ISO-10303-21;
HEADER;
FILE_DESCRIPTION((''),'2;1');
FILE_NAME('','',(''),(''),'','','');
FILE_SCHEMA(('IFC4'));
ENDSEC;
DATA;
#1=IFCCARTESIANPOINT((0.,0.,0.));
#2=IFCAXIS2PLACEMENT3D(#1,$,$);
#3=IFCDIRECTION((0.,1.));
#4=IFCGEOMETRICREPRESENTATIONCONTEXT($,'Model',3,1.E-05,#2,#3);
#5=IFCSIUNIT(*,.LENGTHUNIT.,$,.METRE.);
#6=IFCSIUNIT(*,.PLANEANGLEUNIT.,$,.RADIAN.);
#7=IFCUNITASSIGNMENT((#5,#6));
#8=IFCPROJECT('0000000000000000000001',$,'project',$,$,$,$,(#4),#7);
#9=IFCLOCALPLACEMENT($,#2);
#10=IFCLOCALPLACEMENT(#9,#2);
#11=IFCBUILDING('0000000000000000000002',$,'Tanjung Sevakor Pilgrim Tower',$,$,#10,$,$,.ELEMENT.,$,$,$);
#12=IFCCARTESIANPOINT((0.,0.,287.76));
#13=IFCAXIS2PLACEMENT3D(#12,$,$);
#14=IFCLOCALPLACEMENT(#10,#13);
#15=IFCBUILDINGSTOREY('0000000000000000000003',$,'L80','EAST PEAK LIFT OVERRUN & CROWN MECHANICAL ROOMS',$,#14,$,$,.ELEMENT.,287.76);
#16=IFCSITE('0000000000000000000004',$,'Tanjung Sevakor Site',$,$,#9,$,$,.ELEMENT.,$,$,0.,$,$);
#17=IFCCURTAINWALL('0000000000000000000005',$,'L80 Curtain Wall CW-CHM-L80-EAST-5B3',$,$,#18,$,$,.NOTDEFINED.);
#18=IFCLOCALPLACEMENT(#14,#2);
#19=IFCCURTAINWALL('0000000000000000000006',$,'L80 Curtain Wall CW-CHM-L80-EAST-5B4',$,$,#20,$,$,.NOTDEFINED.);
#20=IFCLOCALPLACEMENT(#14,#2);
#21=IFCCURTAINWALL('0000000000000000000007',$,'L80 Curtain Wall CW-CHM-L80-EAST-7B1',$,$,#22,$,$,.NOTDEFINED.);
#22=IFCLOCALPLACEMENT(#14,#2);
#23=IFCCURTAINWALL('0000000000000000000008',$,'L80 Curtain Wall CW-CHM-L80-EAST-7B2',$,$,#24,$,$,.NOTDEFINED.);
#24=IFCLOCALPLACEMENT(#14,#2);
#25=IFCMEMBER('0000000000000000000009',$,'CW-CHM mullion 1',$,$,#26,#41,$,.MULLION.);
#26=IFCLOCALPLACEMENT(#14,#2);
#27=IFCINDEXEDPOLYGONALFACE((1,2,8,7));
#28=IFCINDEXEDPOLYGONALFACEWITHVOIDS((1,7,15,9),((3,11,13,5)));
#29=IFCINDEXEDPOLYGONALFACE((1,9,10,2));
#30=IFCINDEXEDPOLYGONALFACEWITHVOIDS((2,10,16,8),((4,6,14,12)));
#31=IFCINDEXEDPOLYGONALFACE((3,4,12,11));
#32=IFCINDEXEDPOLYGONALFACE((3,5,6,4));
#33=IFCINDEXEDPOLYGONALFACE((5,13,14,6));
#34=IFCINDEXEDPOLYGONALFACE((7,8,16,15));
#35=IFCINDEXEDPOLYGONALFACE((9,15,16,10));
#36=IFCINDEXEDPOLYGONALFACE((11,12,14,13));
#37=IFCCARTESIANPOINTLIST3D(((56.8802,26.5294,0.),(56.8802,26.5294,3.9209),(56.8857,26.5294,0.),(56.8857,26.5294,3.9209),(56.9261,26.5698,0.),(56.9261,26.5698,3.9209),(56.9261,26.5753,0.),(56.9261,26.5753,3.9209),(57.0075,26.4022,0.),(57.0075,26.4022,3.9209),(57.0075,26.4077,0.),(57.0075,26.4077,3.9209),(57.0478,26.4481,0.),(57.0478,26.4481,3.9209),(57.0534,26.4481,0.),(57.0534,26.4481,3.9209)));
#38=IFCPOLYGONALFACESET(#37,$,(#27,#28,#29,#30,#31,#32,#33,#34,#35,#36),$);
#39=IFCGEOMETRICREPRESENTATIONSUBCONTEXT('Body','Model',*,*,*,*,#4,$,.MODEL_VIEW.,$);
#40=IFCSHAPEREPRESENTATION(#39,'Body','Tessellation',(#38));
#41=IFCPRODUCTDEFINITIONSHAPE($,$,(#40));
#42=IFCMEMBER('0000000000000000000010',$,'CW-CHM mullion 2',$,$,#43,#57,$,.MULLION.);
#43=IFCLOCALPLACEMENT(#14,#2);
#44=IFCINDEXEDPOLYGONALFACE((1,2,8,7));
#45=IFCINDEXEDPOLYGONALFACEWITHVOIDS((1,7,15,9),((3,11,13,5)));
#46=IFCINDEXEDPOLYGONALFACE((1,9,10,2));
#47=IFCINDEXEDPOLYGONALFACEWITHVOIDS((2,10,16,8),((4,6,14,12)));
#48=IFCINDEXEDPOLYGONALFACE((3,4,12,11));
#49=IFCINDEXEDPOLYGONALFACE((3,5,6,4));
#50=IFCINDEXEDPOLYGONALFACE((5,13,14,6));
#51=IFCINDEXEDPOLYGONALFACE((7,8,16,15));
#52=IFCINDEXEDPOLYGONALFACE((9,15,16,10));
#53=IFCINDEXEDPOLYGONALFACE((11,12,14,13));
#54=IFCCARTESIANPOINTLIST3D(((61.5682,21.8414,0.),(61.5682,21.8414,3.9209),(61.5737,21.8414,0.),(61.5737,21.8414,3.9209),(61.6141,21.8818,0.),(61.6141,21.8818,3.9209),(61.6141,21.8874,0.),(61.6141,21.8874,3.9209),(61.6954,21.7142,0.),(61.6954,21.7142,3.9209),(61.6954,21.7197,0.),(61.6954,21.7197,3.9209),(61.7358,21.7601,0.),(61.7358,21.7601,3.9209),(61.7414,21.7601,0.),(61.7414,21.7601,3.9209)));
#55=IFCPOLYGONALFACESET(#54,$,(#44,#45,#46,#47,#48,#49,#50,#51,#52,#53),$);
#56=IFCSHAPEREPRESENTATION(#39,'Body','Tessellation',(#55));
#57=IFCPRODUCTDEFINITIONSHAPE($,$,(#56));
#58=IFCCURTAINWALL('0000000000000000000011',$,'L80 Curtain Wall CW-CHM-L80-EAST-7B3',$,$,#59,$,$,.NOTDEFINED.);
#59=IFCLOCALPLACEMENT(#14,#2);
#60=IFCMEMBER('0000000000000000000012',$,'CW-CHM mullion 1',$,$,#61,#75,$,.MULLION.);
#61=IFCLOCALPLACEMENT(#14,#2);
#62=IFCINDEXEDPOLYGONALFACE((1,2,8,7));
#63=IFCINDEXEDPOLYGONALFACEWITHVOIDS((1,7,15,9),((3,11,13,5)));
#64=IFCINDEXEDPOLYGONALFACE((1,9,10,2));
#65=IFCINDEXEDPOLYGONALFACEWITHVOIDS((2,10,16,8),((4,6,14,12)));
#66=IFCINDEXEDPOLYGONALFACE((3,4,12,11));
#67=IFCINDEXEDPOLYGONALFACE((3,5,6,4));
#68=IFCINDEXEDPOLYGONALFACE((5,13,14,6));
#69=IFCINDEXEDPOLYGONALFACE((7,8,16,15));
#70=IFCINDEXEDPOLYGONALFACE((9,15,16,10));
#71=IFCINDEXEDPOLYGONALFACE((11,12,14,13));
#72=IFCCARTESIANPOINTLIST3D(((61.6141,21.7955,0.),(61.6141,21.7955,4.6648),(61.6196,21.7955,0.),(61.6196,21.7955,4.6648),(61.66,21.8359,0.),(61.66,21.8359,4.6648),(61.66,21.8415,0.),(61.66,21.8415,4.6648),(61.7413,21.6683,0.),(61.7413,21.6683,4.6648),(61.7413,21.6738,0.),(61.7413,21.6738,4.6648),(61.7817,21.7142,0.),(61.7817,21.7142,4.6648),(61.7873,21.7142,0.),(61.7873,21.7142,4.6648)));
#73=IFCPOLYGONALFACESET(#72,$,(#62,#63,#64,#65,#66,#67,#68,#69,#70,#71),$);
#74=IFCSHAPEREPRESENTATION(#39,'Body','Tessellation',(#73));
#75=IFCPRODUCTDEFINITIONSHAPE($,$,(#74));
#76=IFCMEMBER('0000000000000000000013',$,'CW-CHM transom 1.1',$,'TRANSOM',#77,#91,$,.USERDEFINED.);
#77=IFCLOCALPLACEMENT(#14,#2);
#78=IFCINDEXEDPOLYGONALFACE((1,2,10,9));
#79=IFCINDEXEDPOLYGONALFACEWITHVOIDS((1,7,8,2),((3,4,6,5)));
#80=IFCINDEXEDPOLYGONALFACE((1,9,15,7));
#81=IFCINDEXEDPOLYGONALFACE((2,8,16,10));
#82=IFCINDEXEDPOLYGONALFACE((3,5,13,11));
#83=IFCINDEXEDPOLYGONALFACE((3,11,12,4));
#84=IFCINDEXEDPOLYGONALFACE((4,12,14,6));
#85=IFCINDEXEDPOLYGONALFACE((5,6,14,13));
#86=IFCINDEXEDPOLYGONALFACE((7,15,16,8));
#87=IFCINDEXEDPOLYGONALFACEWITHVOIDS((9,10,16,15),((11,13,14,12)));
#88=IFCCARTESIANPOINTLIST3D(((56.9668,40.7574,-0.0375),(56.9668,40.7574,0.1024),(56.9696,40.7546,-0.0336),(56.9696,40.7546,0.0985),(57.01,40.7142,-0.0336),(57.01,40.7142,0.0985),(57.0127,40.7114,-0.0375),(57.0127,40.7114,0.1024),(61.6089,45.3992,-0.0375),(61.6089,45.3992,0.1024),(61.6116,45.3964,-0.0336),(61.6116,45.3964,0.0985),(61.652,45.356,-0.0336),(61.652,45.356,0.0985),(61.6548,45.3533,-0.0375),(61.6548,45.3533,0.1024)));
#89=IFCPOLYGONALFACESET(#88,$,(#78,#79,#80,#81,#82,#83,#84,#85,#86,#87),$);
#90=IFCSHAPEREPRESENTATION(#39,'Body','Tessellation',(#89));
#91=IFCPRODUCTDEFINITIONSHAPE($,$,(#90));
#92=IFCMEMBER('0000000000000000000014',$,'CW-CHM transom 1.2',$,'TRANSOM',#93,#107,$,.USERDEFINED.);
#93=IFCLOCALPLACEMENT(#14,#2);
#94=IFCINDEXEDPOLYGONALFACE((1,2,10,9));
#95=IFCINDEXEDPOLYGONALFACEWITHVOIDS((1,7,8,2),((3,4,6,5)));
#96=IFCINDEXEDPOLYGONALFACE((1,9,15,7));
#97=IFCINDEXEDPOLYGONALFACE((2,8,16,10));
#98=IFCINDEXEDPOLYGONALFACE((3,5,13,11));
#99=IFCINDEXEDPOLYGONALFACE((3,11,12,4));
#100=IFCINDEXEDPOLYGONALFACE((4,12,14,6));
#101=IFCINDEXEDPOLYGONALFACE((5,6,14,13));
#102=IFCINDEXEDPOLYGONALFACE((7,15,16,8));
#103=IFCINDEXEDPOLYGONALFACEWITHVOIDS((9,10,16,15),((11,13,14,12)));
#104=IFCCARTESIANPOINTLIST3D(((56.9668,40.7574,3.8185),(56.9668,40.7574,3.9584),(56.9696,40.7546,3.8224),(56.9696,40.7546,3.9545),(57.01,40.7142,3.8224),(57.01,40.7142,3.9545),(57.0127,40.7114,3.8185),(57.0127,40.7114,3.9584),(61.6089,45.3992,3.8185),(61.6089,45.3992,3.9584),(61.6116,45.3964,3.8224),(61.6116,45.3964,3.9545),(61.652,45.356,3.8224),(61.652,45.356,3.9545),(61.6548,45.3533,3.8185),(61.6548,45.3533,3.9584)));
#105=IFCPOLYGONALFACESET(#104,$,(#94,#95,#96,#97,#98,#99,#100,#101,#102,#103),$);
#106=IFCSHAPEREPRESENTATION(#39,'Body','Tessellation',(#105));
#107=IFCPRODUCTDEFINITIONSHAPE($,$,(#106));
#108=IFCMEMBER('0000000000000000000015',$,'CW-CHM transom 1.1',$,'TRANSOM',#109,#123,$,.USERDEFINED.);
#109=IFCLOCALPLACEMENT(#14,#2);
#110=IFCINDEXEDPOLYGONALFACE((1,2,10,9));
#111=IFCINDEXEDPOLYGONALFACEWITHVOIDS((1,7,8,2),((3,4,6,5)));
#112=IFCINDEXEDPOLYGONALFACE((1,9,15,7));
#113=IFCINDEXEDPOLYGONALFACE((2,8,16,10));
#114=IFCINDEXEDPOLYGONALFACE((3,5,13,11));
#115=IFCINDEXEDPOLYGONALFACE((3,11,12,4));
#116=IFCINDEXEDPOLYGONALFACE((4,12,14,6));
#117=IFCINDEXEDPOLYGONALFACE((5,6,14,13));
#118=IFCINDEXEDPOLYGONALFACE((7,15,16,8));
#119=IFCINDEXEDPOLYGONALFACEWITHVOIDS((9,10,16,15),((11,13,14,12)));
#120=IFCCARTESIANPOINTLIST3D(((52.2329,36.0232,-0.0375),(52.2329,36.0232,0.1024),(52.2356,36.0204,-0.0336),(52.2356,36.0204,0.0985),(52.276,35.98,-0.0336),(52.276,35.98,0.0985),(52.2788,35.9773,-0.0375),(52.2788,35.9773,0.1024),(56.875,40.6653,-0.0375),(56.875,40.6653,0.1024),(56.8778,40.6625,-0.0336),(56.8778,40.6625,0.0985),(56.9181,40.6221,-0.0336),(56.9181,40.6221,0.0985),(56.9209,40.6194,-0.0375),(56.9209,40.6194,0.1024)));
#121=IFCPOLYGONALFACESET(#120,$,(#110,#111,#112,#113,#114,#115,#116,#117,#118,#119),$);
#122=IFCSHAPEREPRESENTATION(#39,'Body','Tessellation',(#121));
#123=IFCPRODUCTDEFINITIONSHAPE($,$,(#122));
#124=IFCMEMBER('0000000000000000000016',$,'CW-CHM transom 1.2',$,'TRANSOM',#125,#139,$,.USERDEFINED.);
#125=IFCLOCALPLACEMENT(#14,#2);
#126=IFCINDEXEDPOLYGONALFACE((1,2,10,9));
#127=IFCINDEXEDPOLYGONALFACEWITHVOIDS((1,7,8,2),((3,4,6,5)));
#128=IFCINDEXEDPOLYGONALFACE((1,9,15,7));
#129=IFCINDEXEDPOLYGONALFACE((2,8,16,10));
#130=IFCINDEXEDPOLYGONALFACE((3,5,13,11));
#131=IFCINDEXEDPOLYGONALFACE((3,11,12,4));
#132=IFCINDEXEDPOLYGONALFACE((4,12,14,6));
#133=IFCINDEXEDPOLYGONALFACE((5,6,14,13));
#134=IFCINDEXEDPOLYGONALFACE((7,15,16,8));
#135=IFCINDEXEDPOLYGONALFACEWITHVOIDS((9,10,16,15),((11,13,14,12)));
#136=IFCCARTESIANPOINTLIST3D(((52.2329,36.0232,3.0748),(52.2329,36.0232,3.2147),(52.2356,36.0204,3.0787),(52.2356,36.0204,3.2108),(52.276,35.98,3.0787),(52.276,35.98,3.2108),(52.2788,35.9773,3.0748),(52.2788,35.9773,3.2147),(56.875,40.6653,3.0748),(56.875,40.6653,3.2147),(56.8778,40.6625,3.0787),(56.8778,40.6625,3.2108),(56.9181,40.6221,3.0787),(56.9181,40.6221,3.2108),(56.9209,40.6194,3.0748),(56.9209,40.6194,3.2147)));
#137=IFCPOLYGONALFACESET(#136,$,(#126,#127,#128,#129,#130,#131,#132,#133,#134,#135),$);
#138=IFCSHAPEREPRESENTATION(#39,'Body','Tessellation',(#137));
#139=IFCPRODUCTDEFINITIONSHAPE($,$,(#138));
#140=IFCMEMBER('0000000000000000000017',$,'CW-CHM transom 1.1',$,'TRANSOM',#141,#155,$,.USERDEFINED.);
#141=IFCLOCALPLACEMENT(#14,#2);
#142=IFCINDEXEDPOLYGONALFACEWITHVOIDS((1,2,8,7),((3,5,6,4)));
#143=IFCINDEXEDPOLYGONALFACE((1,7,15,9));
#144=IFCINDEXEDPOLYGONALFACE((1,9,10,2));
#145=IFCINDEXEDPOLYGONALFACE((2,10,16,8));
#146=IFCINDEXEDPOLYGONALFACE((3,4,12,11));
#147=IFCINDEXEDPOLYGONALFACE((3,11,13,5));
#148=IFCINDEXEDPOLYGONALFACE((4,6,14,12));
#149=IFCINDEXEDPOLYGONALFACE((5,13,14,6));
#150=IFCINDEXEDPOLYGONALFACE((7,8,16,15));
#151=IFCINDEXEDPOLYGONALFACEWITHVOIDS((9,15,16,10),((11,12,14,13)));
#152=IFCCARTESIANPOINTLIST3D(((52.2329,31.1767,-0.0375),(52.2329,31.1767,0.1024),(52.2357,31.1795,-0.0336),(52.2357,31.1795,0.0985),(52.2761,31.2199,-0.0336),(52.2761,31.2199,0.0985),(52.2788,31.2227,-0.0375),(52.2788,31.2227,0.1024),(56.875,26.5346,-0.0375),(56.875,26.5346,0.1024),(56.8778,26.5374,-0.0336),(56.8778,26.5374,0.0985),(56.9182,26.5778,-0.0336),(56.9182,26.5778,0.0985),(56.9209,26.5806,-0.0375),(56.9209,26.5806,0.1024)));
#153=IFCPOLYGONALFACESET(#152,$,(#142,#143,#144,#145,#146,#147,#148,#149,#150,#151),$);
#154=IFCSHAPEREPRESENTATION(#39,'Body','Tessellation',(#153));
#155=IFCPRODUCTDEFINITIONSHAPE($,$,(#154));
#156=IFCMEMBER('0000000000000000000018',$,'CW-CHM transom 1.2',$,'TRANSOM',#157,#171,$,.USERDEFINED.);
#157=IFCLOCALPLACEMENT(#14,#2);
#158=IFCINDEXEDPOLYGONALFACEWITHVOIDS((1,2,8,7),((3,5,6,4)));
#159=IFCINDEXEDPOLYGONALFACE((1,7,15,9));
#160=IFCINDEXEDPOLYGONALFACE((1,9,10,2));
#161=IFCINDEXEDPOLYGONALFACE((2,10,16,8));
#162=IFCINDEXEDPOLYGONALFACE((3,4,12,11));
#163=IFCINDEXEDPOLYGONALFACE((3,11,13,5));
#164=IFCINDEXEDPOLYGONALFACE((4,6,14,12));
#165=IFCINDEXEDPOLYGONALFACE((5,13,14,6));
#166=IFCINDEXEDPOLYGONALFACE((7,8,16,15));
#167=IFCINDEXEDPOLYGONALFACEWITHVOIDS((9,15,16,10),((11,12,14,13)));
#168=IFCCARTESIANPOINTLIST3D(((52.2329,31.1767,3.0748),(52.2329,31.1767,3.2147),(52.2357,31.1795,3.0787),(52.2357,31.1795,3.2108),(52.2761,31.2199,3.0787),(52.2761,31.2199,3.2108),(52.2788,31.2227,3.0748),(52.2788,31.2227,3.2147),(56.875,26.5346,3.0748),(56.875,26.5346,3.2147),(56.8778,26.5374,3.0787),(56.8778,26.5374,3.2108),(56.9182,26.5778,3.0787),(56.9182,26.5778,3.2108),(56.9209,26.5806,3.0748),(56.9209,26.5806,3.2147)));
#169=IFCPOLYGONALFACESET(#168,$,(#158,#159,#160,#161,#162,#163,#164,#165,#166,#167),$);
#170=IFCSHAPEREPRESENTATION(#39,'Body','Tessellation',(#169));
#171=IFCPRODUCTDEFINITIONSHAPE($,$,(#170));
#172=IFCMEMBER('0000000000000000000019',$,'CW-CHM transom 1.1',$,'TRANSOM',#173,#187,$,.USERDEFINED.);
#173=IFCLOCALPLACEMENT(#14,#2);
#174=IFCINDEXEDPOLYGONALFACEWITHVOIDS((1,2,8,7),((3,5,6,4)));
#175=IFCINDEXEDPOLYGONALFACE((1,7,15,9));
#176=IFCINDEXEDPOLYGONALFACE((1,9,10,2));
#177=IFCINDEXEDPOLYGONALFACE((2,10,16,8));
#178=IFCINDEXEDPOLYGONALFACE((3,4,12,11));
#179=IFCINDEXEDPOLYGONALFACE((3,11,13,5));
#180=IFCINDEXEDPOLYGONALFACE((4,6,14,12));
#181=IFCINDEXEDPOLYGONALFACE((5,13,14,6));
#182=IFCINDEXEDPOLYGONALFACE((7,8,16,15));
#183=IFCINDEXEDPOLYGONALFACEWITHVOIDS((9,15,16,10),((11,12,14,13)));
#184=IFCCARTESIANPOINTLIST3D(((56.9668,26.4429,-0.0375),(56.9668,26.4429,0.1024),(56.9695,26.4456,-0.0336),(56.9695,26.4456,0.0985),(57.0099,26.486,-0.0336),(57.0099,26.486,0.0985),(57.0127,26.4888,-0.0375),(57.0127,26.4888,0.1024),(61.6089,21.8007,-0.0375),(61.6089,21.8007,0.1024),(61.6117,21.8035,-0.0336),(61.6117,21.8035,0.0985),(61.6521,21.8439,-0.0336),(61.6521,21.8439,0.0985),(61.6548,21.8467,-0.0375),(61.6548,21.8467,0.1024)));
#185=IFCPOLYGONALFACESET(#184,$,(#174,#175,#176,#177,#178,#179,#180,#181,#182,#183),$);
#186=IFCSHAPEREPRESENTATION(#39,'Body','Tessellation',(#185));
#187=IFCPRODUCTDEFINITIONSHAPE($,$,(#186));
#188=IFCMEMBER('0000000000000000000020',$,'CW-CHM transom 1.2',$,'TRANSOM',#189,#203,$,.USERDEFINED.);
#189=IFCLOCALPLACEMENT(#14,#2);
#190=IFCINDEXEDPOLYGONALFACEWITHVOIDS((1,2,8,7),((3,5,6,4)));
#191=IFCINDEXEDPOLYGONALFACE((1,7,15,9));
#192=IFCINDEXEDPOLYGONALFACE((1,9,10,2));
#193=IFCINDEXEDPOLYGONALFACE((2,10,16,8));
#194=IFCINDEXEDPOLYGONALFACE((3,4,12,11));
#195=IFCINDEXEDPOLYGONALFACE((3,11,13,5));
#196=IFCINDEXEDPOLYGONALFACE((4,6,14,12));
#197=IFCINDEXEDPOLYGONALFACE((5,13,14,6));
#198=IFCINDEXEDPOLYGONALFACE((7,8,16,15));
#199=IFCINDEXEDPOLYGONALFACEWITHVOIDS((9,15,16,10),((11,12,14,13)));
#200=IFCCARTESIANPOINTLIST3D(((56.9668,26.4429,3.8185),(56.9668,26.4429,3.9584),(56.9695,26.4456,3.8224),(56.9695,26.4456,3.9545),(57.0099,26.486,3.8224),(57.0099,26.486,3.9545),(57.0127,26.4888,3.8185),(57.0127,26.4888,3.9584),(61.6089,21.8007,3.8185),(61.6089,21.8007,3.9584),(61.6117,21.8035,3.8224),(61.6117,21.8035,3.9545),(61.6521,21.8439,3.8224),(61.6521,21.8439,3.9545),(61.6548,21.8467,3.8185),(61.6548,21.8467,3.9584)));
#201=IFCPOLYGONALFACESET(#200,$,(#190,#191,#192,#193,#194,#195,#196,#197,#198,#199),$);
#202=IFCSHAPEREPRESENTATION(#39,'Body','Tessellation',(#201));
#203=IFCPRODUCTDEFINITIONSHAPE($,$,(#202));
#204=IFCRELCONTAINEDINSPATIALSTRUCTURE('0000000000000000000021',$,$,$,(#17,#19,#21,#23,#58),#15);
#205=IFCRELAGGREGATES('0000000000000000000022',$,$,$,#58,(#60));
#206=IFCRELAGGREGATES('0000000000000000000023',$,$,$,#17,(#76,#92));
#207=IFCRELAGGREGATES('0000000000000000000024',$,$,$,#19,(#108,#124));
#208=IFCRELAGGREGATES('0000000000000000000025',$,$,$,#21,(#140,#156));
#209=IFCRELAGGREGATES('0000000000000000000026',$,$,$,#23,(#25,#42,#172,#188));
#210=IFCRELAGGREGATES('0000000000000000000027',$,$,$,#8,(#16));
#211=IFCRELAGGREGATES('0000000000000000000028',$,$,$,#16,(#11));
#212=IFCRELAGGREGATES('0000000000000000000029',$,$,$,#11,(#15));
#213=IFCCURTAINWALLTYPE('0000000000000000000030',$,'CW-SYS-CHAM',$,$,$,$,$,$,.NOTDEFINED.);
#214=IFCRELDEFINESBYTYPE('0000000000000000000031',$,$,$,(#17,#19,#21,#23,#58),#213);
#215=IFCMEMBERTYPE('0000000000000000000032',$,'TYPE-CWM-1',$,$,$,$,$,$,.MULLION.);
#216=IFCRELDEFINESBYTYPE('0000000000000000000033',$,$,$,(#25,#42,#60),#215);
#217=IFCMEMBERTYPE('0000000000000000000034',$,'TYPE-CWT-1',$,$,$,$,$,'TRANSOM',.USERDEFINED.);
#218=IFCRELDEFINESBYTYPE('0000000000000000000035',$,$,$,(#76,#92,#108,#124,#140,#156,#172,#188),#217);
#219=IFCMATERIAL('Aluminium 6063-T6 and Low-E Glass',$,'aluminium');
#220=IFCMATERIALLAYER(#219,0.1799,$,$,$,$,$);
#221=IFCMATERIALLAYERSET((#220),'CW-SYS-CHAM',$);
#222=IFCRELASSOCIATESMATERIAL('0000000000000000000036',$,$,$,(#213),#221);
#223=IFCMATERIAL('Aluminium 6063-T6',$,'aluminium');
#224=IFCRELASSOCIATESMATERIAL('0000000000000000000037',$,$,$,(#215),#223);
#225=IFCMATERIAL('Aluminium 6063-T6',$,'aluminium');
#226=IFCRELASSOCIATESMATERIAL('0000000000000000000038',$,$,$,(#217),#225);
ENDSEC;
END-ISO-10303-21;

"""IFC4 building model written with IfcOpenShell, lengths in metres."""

from ifc_helpers import new_model, si_unit, direction, frame, origin, origin_2d, place, context, subcontext, project, spatial, hollow_rectangle, extrude, material, layer, layer_set, material_profile, profile_set, type_object, element, aggregate, save


model = new_model("IFC4")

# Units and contexts
model_context = context("Model", 3, precision=1e-05, world=origin(), true_north=direction((0.0, 1.0)))
body_context = subcontext(model_context, "Body", "Model", "MODEL_VIEW")
ifc_project = project(units=[si_unit("LENGTHUNIT", "METRE"), si_unit("PLANEANGLEUNIT", "RADIAN")], contexts=[model_context])

# Site, building, storey
site_placement = place(None, origin())
site = spatial("IfcSite", under=ifc_project, at=site_placement, Name="Tanjung Sevakor Site", CompositionType="ELEMENT", RefElevation=0.0)
building_placement = place(site_placement, origin())
building = spatial("IfcBuilding", under=site, at=building_placement, Name="Tanjung Sevakor Pilgrim Tower", CompositionType="ELEMENT")
storey_placement = place(building_placement, frame((0.0, 0.0, 287.76)))
storey = spatial("IfcBuildingStorey", under=building, at=storey_placement, Name="L80", Description="EAST PEAK LIFT OVERRUN & CROWN MECHANICAL ROOMS", CompositionType="ELEMENT", Elevation=287.76)

# Shared definitions
ifc_material_1 = material(Name="Aluminium 6063-T6 and Low-E Glass", Category="aluminium")
ifc_layer_1 = layer(ifc_material_1, 0.1799)
ifc_layer_set_1 = layer_set([ifc_layer_1], Name="CW-SYS-CHAM")
curtain_wall_type = type_object("IfcCurtainWallType", Name="CW-SYS-CHAM", PredefinedType="NOTDEFINED", material=ifc_layer_set_1)
ifc_material_2 = material(Name="Aluminium 6063-T6", Category="aluminium")
ifc_material_profile_1 = material_profile(ifc_material_2, hollow_rectangle(XDim=0.0649, YDim=0.1799, WallThickness=0.0039, at=origin_2d()))
ifc_profile_set_1 = profile_set([ifc_material_profile_1], Name="Aluminium 6063-T6")
member_type_1 = type_object("IfcMemberType", Name="TYPE-CWM-1", PredefinedType="MULLION", material=ifc_profile_set_1)

# Curtain walls, members
curtain_wall_1_placement = place(storey_placement, origin())
curtain_wall_1 = element("IfcCurtainWall", 1, at=curtain_wall_1_placement, inside=storey, type_object=curtain_wall_type, Name="L80 Curtain Wall CW-CHM-L80-EAST-5B3", PredefinedType="NOTDEFINED")
curtain_wall_2_placement = place(storey_placement, origin())
curtain_wall_2 = element("IfcCurtainWall", 2, at=curtain_wall_2_placement, inside=storey, type_object=curtain_wall_type, Name="L80 Curtain Wall CW-CHM-L80-EAST-5B4", PredefinedType="NOTDEFINED")
curtain_wall_3_placement = place(storey_placement, origin())
curtain_wall_3 = element("IfcCurtainWall", 3, at=curtain_wall_3_placement, inside=storey, type_object=curtain_wall_type, Name="L80 Curtain Wall CW-CHM-L80-EAST-7B1", PredefinedType="NOTDEFINED")
curtain_wall_4_placement = place(storey_placement, origin())
curtain_wall_4 = element("IfcCurtainWall", 4, at=curtain_wall_4_placement, inside=storey, type_object=curtain_wall_type, Name="L80 Curtain Wall CW-CHM-L80-EAST-7B2", PredefinedType="NOTDEFINED")
member_1_placement = place(storey_placement, frame((56.9668, 26.4888, 0.0), z_axis=(0.0, 0.0, 1.0), x_axis=(0.707107, 0.707107, 0.0)))
member_1 = element("IfcMember", 5, at=member_1_placement, type_object=member_type_1, Name="CW-CHM mullion 1", PredefinedType="MULLION", context=body_context, shape_type="SweptSolid", body=[
    extrude(hollow_rectangle(XDim=0.0649, YDim=0.1799, WallThickness=0.0039, at=origin_2d()), origin(), (0.0, 0.0, 1.0), 3.9209),
])
member_2_placement = place(storey_placement, frame((61.6548, 21.8008, 0.0), z_axis=(0.0, 0.0, 1.0), x_axis=(0.707107, 0.707107, 0.0)))
member_2 = element("IfcMember", 6, at=member_2_placement, type_object=member_type_1, Name="CW-CHM mullion 2", PredefinedType="MULLION", context=body_context, shape_type="SweptSolid", body=[
    extrude(hollow_rectangle(XDim=0.0649, YDim=0.1799, WallThickness=0.0039, at=origin_2d()), origin(), (0.0, 0.0, 1.0), 3.9209),
])

# Curtain wall, member
curtain_wall_5_placement = place(storey_placement, origin())
curtain_wall_5 = element("IfcCurtainWall", 7, at=curtain_wall_5_placement, inside=storey, type_object=curtain_wall_type, Name="L80 Curtain Wall CW-CHM-L80-EAST-7B3", PredefinedType="NOTDEFINED")
member_3_placement = place(storey_placement, frame((61.7007, 21.7549, 0.0), z_axis=(0.0, 0.0, 1.0), x_axis=(0.707107, 0.707107, 0.0)))
member_3 = element("IfcMember", 8, at=member_3_placement, type_object=member_type_1, Name="CW-CHM mullion 1", PredefinedType="MULLION", context=body_context, shape_type="SweptSolid", body=[
    extrude(hollow_rectangle(XDim=0.0649, YDim=0.1799, WallThickness=0.0039, at=origin_2d()), origin(), (0.0, 0.0, 1.0), 4.6648),
])

# Members
ifc_material_3 = material(Name="Aluminium 6063-T6", Category="aluminium")
ifc_material_profile_2 = material_profile(ifc_material_3, hollow_rectangle(XDim=0.0649, YDim=0.1399, WallThickness=0.0039, at=origin_2d()))
ifc_profile_set_2 = profile_set([ifc_material_profile_2], Name="Aluminium 6063-T6")
member_type_2 = type_object("IfcMemberType", Name="TYPE-CWT-1", ElementType="TRANSOM", PredefinedType="USERDEFINED", material=ifc_profile_set_2)
member_4_placement = place(storey_placement, frame((61.6318, 45.3762, 0.0325), z_axis=(-0.707125, -0.707088, 0.0), x_axis=(0.707088, -0.707125, 0.0)))
member_4 = element("IfcMember", 9, at=member_4_placement, type_object=member_type_2, Name="CW-CHM transom 1.1", ObjectType="TRANSOM", PredefinedType="USERDEFINED", context=body_context, shape_type="SweptSolid", body=[
    extrude(hollow_rectangle(XDim=0.0649, YDim=0.1399, WallThickness=0.0039, at=origin_2d()), origin(), (0.0, 0.0, 1.0), 6.5647),
])
member_5_placement = place(storey_placement, frame((61.6318, 45.3762, 3.8884), z_axis=(-0.707125, -0.707088, 0.0), x_axis=(0.707088, -0.707125, 0.0)))
member_5 = element("IfcMember", 10, at=member_5_placement, type_object=member_type_2, Name="CW-CHM transom 1.2", ObjectType="TRANSOM", PredefinedType="USERDEFINED", context=body_context, shape_type="SweptSolid", body=[
    extrude(hollow_rectangle(XDim=0.0649, YDim=0.1399, WallThickness=0.0039, at=origin_2d()), origin(), (0.0, 0.0, 1.0), 6.5647),
])
member_6_placement = place(storey_placement, frame((56.8979, 40.6423, 0.0325), z_axis=(-0.707107, -0.707107, 0.0), x_axis=(0.707107, -0.707107, 0.0)))
member_6 = element("IfcMember", 11, at=member_6_placement, type_object=member_type_2, Name="CW-CHM transom 1.1", ObjectType="TRANSOM", PredefinedType="USERDEFINED", context=body_context, shape_type="SweptSolid", body=[
    extrude(hollow_rectangle(XDim=0.0649, YDim=0.1399, WallThickness=0.0039, at=origin_2d()), origin(), (0.0, 0.0, 1.0), 6.5649),
])
member_7_placement = place(storey_placement, frame((56.8979, 40.6423, 3.1448), z_axis=(-0.707107, -0.707107, 0.0), x_axis=(0.707107, -0.707107, 0.0)))
member_7 = element("IfcMember", 12, at=member_7_placement, type_object=member_type_2, Name="CW-CHM transom 1.2", ObjectType="TRANSOM", PredefinedType="USERDEFINED", context=body_context, shape_type="SweptSolid", body=[
    extrude(hollow_rectangle(XDim=0.0649, YDim=0.1399, WallThickness=0.0039, at=origin_2d()), origin(), (0.0, 0.0, 1.0), 6.5649),
])
member_8_placement = place(storey_placement, frame((52.2559, 31.1997, 0.0325), z_axis=(0.707107, -0.707107, 0.0), x_axis=(0.707107, 0.707107, 0.0)))
member_8 = element("IfcMember", 13, at=member_8_placement, type_object=member_type_2, Name="CW-CHM transom 1.1", ObjectType="TRANSOM", PredefinedType="USERDEFINED", context=body_context, shape_type="SweptSolid", body=[
    extrude(hollow_rectangle(XDim=0.0649, YDim=0.1399, WallThickness=0.0039, at=origin_2d()), origin(), (0.0, 0.0, 1.0), 6.5649),
])
member_9_placement = place(storey_placement, frame((52.2559, 31.1997, 3.1448), z_axis=(0.707107, -0.707107, 0.0), x_axis=(0.707107, 0.707107, 0.0)))
member_9 = element("IfcMember", 14, at=member_9_placement, type_object=member_type_2, Name="CW-CHM transom 1.2", ObjectType="TRANSOM", PredefinedType="USERDEFINED", context=body_context, shape_type="SweptSolid", body=[
    extrude(hollow_rectangle(XDim=0.0649, YDim=0.1399, WallThickness=0.0039, at=origin_2d()), origin(), (0.0, 0.0, 1.0), 6.5649),
])
member_10_placement = place(storey_placement, frame((56.9897, 26.4658, 0.0325), z_axis=(0.707107, -0.707107, 0.0), x_axis=(0.707107, 0.707107, 0.0)))
member_10 = element("IfcMember", 15, at=member_10_placement, type_object=member_type_2, Name="CW-CHM transom 1.1", ObjectType="TRANSOM", PredefinedType="USERDEFINED", context=body_context, shape_type="SweptSolid", body=[
    extrude(hollow_rectangle(XDim=0.0649, YDim=0.1399, WallThickness=0.0039, at=origin_2d()), origin(), (0.0, 0.0, 1.0), 6.5649),
])
member_11_placement = place(storey_placement, frame((56.9897, 26.4658, 3.8884), z_axis=(0.707107, -0.707107, 0.0), x_axis=(0.707107, 0.707107, 0.0)))
member_11 = element("IfcMember", 16, at=member_11_placement, type_object=member_type_2, Name="CW-CHM transom 1.2", ObjectType="TRANSOM", PredefinedType="USERDEFINED", context=body_context, shape_type="SweptSolid", body=[
    extrude(hollow_rectangle(XDim=0.0649, YDim=0.1399, WallThickness=0.0039, at=origin_2d()), origin(), (0.0, 0.0, 1.0), 6.5649),
])
aggregate(curtain_wall_5, [member_3])

aggregate(curtain_wall_1, [member_4, member_5])
aggregate(curtain_wall_2, [member_6, member_7])
aggregate(curtain_wall_3, [member_8, member_9])
aggregate(curtain_wall_4, [member_1, member_2, member_10, member_11])

save(model, "model.ifc")
